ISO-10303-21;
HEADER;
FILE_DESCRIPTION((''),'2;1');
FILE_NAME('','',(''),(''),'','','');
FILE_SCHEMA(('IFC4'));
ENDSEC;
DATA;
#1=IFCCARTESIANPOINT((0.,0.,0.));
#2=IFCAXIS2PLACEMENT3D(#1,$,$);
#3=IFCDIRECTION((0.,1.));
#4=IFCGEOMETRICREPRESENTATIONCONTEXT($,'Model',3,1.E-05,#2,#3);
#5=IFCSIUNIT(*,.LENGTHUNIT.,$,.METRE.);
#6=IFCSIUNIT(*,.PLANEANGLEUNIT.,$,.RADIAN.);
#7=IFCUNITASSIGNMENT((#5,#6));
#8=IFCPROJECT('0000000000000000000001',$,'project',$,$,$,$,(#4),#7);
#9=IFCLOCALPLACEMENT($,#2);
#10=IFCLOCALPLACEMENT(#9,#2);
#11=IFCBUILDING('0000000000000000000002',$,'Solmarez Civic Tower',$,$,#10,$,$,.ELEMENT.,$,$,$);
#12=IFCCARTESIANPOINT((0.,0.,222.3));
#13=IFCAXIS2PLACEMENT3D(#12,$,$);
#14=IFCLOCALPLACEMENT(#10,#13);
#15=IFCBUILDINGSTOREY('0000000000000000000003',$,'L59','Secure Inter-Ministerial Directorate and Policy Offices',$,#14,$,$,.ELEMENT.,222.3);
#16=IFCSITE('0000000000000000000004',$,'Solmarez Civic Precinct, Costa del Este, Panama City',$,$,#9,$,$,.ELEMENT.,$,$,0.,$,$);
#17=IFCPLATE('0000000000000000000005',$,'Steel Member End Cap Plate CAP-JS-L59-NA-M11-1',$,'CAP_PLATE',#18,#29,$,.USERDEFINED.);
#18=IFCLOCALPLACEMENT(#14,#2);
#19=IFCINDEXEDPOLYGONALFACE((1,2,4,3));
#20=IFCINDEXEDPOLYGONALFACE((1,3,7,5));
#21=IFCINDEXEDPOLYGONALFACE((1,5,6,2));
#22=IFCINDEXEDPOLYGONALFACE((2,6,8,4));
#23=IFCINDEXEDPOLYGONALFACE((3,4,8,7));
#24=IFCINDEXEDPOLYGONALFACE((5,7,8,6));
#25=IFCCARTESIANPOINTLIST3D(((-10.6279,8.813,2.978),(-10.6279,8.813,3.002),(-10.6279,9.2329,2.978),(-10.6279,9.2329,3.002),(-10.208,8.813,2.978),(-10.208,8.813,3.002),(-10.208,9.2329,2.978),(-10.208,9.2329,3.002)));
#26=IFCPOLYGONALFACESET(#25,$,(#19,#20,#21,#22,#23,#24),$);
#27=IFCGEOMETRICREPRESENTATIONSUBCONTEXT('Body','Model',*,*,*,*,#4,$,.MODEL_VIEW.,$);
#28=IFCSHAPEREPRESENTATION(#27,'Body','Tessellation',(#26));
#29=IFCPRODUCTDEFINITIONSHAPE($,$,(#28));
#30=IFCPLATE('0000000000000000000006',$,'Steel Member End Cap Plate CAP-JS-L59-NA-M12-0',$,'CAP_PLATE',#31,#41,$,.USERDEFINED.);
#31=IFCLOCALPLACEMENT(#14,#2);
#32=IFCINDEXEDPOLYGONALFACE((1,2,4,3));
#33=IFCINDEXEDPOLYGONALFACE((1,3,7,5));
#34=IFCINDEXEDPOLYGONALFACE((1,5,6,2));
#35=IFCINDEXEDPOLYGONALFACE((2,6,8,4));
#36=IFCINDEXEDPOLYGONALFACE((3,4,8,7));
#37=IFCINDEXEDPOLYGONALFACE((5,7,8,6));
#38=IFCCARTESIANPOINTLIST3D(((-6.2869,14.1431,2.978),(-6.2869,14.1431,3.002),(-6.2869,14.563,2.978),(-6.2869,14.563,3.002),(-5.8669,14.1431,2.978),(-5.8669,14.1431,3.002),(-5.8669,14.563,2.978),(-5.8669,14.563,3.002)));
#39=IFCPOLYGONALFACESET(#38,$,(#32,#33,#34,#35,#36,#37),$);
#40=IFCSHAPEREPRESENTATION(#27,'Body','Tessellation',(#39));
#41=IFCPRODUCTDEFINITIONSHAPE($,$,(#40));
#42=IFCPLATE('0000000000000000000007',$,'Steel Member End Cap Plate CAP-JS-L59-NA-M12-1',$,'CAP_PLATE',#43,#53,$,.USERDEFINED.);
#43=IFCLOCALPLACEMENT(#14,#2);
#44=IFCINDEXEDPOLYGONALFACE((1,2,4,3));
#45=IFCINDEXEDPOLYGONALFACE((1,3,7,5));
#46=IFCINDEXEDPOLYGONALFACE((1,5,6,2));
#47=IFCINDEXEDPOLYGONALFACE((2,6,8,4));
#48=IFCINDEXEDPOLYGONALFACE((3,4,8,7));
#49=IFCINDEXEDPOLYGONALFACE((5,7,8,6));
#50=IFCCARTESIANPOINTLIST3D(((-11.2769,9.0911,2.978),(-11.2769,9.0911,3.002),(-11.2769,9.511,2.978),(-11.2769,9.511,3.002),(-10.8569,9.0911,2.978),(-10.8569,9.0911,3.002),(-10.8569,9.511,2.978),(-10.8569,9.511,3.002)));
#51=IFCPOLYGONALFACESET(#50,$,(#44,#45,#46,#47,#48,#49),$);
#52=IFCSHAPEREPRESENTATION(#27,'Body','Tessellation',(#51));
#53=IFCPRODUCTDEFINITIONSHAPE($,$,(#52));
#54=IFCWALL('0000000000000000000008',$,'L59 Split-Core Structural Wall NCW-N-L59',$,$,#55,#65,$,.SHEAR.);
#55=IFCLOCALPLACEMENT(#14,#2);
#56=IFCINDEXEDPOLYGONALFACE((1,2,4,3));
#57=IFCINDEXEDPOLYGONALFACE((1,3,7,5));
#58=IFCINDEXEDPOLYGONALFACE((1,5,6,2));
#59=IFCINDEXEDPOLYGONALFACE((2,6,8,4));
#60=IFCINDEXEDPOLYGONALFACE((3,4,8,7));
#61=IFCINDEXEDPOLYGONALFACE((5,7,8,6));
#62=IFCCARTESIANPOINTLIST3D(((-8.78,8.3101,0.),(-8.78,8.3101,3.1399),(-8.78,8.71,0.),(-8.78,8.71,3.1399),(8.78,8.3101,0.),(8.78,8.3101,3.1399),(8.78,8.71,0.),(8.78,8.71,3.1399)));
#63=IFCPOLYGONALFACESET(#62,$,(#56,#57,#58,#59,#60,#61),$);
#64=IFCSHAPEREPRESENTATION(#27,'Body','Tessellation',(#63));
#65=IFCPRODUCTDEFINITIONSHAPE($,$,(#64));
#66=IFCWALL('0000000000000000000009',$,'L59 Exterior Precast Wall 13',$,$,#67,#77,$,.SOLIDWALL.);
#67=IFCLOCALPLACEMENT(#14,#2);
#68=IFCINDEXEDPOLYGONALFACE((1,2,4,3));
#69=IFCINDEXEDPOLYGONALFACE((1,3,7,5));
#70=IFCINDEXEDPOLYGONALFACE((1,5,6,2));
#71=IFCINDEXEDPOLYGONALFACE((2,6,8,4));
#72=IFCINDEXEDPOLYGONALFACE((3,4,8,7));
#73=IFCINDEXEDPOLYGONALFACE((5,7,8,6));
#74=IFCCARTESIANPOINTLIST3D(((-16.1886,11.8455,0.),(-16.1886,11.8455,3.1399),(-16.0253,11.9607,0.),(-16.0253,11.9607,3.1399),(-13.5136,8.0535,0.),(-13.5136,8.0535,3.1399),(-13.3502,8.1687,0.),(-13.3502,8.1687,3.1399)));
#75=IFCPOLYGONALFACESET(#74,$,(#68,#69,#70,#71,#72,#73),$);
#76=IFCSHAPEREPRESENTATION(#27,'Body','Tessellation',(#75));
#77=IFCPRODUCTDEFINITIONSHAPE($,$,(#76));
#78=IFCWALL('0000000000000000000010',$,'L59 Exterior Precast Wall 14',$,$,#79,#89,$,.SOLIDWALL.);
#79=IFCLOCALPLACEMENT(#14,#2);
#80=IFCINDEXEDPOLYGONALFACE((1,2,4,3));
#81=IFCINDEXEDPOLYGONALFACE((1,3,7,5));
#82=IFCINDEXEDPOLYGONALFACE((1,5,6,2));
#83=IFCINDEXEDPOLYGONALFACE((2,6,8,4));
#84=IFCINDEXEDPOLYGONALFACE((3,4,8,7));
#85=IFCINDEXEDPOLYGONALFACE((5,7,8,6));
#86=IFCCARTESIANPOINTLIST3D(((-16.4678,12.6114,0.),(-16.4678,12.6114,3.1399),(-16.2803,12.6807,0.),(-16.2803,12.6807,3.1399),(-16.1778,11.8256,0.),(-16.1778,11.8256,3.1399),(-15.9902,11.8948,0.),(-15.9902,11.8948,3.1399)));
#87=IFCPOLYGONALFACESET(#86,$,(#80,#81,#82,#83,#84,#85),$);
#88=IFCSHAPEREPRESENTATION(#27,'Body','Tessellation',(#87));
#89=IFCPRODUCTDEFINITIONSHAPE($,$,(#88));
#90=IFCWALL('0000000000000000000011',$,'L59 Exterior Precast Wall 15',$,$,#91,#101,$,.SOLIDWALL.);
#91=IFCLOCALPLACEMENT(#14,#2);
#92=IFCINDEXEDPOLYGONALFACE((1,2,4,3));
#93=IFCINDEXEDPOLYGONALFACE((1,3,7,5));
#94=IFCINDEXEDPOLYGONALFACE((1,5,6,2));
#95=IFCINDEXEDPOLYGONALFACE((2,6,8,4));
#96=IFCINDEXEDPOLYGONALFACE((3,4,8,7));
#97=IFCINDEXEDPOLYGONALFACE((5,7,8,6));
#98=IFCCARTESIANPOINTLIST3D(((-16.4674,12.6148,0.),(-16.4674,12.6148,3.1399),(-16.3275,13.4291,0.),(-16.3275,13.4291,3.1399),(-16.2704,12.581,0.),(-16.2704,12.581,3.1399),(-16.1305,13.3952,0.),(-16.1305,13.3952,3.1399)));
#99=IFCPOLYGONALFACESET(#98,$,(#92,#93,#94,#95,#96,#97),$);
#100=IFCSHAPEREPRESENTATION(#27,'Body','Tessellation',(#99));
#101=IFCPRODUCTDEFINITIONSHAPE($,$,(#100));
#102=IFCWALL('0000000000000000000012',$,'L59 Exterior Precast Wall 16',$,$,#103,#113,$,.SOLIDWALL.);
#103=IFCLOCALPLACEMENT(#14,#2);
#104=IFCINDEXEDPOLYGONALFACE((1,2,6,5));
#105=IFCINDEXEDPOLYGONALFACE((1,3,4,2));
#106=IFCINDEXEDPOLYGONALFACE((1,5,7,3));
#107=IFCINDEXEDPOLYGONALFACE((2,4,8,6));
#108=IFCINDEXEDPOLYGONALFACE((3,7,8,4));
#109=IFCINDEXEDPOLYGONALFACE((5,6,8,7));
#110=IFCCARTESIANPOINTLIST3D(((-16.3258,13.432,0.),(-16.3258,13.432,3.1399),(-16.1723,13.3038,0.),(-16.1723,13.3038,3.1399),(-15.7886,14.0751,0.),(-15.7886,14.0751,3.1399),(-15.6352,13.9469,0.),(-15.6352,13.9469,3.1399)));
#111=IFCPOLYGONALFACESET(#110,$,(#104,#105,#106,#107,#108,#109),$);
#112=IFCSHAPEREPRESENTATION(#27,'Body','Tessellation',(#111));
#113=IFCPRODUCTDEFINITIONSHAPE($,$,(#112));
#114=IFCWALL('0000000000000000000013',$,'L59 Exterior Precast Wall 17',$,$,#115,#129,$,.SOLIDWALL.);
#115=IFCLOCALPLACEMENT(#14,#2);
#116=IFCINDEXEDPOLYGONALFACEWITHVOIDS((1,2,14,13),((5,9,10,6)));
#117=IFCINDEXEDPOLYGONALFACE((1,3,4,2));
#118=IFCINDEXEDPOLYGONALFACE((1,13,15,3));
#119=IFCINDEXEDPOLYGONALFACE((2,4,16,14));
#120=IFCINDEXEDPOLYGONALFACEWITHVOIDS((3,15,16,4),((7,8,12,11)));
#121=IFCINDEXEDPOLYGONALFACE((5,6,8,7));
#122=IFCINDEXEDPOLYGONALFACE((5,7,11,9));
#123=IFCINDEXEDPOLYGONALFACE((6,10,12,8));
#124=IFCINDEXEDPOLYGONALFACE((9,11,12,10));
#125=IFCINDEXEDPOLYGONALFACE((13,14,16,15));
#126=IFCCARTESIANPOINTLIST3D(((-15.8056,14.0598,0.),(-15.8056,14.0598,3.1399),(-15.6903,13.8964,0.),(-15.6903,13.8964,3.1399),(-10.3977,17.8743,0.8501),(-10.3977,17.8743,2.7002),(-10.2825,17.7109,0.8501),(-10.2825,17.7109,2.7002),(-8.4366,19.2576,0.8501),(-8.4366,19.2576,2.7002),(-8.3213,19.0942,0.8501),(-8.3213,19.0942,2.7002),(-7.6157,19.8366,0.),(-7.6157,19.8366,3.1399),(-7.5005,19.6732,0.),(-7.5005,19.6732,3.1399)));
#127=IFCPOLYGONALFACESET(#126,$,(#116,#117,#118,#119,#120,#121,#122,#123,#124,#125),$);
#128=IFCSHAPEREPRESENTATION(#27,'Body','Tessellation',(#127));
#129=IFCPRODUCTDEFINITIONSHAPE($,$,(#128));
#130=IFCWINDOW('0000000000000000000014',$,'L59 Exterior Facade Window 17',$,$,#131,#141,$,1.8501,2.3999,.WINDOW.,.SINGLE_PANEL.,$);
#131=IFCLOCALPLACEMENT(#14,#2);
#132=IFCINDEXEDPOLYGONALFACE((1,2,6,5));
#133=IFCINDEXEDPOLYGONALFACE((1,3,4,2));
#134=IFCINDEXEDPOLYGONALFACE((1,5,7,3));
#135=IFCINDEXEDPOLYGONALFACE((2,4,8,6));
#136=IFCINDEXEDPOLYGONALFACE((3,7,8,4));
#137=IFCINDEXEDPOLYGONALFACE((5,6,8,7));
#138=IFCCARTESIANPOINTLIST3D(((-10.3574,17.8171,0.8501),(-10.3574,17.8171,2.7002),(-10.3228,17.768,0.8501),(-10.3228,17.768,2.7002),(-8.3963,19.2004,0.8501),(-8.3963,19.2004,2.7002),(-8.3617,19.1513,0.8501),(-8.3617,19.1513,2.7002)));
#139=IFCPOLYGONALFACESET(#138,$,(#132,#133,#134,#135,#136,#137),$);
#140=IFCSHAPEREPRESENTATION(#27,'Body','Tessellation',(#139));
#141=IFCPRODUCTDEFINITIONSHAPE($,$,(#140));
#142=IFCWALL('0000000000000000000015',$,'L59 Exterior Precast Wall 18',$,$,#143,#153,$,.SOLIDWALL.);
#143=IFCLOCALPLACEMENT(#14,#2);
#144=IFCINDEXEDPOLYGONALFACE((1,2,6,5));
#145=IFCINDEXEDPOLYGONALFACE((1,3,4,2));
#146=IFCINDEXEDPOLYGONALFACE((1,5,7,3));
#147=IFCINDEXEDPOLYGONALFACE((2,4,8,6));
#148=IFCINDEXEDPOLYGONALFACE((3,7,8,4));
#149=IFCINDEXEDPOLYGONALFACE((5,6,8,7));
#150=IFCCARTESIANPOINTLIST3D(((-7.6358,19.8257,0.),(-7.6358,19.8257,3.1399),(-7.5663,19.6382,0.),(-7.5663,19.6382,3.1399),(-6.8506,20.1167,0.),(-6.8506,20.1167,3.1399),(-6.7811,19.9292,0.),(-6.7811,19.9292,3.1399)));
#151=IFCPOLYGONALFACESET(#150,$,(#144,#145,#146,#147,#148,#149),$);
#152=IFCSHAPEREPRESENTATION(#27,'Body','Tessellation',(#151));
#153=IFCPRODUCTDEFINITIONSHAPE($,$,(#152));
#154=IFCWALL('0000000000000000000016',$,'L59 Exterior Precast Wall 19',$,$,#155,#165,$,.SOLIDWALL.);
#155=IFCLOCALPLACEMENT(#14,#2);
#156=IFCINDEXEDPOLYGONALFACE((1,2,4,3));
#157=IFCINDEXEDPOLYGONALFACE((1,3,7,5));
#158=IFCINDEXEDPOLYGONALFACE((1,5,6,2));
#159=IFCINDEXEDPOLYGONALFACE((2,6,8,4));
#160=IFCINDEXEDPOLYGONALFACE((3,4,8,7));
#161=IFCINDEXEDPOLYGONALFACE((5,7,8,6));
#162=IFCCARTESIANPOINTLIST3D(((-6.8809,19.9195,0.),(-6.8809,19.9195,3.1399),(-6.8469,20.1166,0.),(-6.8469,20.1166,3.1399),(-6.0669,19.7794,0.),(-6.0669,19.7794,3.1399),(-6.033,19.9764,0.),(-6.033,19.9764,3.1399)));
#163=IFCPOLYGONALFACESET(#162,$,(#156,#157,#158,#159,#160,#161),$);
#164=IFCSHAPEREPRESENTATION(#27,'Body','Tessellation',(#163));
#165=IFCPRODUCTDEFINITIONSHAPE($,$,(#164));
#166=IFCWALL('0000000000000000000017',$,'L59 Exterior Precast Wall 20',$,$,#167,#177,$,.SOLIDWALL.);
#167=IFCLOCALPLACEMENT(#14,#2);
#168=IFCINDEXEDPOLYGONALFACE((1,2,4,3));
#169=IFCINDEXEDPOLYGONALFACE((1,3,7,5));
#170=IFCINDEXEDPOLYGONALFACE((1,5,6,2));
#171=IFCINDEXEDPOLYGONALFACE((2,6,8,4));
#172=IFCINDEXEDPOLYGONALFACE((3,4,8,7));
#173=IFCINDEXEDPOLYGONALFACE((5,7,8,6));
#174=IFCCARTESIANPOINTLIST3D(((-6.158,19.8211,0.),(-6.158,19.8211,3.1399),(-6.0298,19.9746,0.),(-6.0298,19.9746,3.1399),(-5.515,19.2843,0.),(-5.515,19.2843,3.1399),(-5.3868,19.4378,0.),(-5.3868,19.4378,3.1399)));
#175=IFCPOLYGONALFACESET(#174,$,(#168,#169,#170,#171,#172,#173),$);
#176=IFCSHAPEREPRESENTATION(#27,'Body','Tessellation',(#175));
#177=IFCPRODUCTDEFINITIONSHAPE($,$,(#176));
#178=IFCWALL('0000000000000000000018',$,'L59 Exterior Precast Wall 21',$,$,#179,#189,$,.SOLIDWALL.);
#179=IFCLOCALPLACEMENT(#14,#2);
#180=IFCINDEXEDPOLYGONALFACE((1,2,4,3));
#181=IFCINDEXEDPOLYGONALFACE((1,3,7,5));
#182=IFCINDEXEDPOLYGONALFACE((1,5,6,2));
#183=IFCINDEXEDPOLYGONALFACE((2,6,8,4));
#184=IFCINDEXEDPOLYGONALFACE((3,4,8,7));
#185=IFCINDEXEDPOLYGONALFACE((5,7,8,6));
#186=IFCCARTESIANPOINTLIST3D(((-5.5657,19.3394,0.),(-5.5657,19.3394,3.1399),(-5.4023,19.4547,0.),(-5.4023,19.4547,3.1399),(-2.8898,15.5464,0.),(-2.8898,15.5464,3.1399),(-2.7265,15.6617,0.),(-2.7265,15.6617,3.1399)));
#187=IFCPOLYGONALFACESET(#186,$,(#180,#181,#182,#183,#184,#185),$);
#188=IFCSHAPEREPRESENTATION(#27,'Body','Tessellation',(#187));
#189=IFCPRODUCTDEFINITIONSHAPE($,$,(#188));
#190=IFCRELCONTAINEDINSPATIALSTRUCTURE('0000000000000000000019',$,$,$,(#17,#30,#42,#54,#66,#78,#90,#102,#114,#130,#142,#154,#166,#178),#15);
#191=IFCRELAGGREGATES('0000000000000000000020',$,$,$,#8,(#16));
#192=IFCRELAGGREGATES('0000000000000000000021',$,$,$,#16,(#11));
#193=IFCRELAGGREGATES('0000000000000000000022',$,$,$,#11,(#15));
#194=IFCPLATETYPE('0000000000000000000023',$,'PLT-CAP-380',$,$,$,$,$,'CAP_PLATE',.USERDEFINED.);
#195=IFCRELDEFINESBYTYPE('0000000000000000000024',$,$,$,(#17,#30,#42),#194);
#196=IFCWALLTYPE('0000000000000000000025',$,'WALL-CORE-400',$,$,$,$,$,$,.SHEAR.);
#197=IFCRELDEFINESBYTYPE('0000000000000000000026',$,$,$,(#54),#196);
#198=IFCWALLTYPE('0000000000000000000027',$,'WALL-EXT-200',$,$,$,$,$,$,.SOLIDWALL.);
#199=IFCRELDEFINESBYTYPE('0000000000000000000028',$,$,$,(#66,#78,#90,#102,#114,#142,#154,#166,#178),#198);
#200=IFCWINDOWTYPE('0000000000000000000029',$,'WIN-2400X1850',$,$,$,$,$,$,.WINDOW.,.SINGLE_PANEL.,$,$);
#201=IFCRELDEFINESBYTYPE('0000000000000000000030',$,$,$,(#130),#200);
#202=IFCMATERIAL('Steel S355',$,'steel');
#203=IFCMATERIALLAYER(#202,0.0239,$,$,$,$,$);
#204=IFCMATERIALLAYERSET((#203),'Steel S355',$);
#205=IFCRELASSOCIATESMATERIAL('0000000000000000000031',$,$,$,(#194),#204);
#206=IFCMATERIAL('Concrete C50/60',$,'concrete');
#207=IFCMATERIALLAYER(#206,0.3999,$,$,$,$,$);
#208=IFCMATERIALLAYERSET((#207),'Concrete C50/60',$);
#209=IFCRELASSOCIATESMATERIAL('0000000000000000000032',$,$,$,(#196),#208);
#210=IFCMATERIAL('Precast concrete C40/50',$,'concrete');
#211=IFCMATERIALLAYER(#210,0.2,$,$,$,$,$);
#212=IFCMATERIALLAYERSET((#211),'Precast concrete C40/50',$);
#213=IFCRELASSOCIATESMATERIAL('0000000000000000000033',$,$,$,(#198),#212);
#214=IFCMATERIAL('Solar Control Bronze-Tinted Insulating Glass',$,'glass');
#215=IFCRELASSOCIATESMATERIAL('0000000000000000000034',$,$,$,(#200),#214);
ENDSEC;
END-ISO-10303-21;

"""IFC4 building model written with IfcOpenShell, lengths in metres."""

from ifc_helpers import new_model, si_unit, direction, frame, frame_2d, origin, origin_2d, place, context, subcontext, project, spatial, rectangle, extrude, material, layer, layer_set, type_object, element, fill, save


model = new_model("IFC4")

# Units and contexts
model_context = context("Model", 3, precision=1e-05, world=origin(), true_north=direction((0.0, 1.0)))
body_context = subcontext(model_context, "Body", "Model", "MODEL_VIEW")
ifc_project = project(units=[si_unit("LENGTHUNIT", "METRE"), si_unit("PLANEANGLEUNIT", "RADIAN")], contexts=[model_context])

# Site, building, storey
site_placement = place(None, origin())
site = spatial("IfcSite", under=ifc_project, at=site_placement, Name="Solmarez Civic Precinct, Costa del Este, Panama City", CompositionType="ELEMENT", RefElevation=0.0)
building_placement = place(site_placement, origin())
building = spatial("IfcBuilding", under=site, at=building_placement, Name="Solmarez Civic Tower", CompositionType="ELEMENT")
storey_placement = place(building_placement, frame((0.0, 0.0, 222.3)))
storey = spatial("IfcBuildingStorey", under=building, at=storey_placement, Name="L59", Description="Secure Inter-Ministerial Directorate and Policy Offices", CompositionType="ELEMENT", Elevation=222.3)

# Shared definitions
ifc_material_1 = material(Name="Concrete C50/60", Category="concrete")
ifc_material_2 = material(Name="Steel S355", Category="steel")

# Plates
ifc_layer_1 = layer(ifc_material_2, 0.0239)
ifc_layer_set_1 = layer_set([ifc_layer_1], Name="Steel S355")
plate_type = type_object("IfcPlateType", Name="PLT-CAP-380", ElementType="CAP_PLATE", PredefinedType="USERDEFINED", material=ifc_layer_set_1)
for number, where, z_axis, x_axis, name in (
    (1, (-10.418, 9.0229, 2.978), (0.0, 0.0, 1.0), (1.0, 0.0, 0.0), "Steel Member End Cap Plate CAP-JS-L59-NA-M11-1"),
    (2, (-6.0769, 14.353, 2.978), (0.0, 0.0, 1.0), (1.0, 0.0, 0.0), "Steel Member End Cap Plate CAP-JS-L59-NA-M12-0"),
    (3, (-11.0669, 9.301, 2.978), (0.0, 0.0, 1.0), (1.0, 0.0, 0.0), "Steel Member End Cap Plate CAP-JS-L59-NA-M12-1"),
):
    element("IfcPlate", number, at=place(storey_placement, frame(where, z_axis=z_axis, x_axis=x_axis)), inside=storey, type_object=plate_type, Name=name, ObjectType="CAP_PLATE", PredefinedType="USERDEFINED", context=body_context, shape_type="SweptSolid", body=[
        extrude(rectangle(XDim=0.4199, YDim=0.4199, at=origin_2d()), origin(), (0.0, 0.0, 1.0), 0.0239),
    ])

# Walls
ifc_layer_2 = layer(ifc_material_1, 0.3999)
ifc_layer_set_2 = layer_set([ifc_layer_2], Name="Concrete C50/60")
wall_type_1 = type_object("IfcWallType", Name="WALL-CORE-400", PredefinedType="SHEAR", material=ifc_layer_set_2)
wall_1_placement = place(storey_placement, frame((-8.78, 8.51, 0.0), z_axis=(0.0, 0.0, 1.0), x_axis=(1.0, 0.0, 0.0)))
element("IfcWall", 4, at=wall_1_placement, inside=storey, type_object=wall_type_1, Name="L59 Split-Core Structural Wall NCW-N-L59", PredefinedType="SHEAR", context=body_context, shape_type="SweptSolid", body=[
    extrude(rectangle(XDim=17.5601, YDim=0.3999, at=frame_2d((8.78, 0.0))), origin(), (0.0, 0.0, 1.0), 3.1399),
])
ifc_material_3 = material(Name="Precast concrete C40/50", Category="concrete")
ifc_layer_3 = layer(ifc_material_3, 0.2)
ifc_layer_set_3 = layer_set([ifc_layer_3], Name="Precast concrete C40/50")
wall_type_2 = type_object("IfcWallType", Name="WALL-EXT-200", PredefinedType="SOLIDWALL", material=ifc_layer_set_3)
wall_2_placement = place(storey_placement, frame((-13.4319, 8.1111, 0.0), z_axis=(0.0, 0.0, 1.0), x_axis=(-0.576446, 0.817135, 0.0)))
element("IfcWall", 5, at=wall_2_placement, inside=storey, type_object=wall_type_2, Name="L59 Exterior Precast Wall 13", PredefinedType="SOLIDWALL", context=body_context, shape_type="SweptSolid", body=[
    extrude(rectangle(XDim=4.6406, YDim=0.2, at=frame_2d((2.3203, 0.0))), origin(), (0.0, 0.0, 1.0), 3.1399),
])
wall_3_placement = place(storey_placement, frame((-16.084, 11.8601, 0.0), z_axis=(0.0, 0.0, 1.0), x_axis=(-0.346232, 0.938149, 0.0)))
element("IfcWall", 6, at=wall_3_placement, inside=storey, type_object=wall_type_2, Name="L59 Exterior Precast Wall 14", PredefinedType="SOLIDWALL", context=body_context, shape_type="SweptSolid", body=[
    extrude(rectangle(XDim=0.8376, YDim=0.2, at=frame_2d((0.4189, 0.0))), origin(), (0.0, 0.0, 1.0), 3.1399),
])
wall_4_placement = place(storey_placement, frame((-16.3689, 12.5979, 0.0), z_axis=(0.0, 0.0, 1.0), x_axis=(0.169333, 0.985559, 0.0)))
element("IfcWall", 7, at=wall_4_placement, inside=storey, type_object=wall_type_2, Name="L59 Exterior Precast Wall 15", PredefinedType="SOLIDWALL", context=body_context, shape_type="SweptSolid", body=[
    extrude(rectangle(XDim=0.8262, YDim=0.2, at=frame_2d((0.4131, 0.0))), origin(), (0.0, 0.0, 1.0), 3.1399),
])
wall_5_placement = place(storey_placement, frame((-16.249, 13.3679, 0.0), z_axis=(0.0, 0.0, 1.0), x_axis=(0.641044, 0.767504, 0.0)))
element("IfcWall", 8, at=wall_5_placement, inside=storey, type_object=wall_type_2, Name="L59 Exterior Precast Wall 16", PredefinedType="SOLIDWALL", context=body_context, shape_type="SweptSolid", body=[
    extrude(rectangle(XDim=0.8379, YDim=0.2, at=frame_2d((0.4189, 0.0))), origin(), (0.0, 0.0, 1.0), 3.1399),
])

# Wall, opening, window
wall_6_placement = place(storey_placement, frame((-15.748, 13.978, 0.0), z_axis=(0.0, 0.0, 1.0), x_axis=(0.817169, 0.576398, 0.0)))
wall_6 = element("IfcWall", 9, at=wall_6_placement, inside=storey, type_object=wall_type_2, Name="L59 Exterior Precast Wall 17", PredefinedType="SOLIDWALL", context=body_context, shape_type="SweptSolid", body=[
    extrude(rectangle(XDim=10.0222, YDim=0.2, at=frame_2d((5.0112, 0.0))), origin(), (0.0, 0.0, 1.0), 3.1399),
])
opening_1_placement = place(wall_6_placement, frame((6.6179, 0.0, 0.8501)))
opening_1 = element("IfcOpeningElement", 10, at=opening_1_placement, cuts=wall_6, PredefinedType="OPENING", context=body_context, shape_type="SweptSolid", body=[
    extrude(rectangle(XDim=2.3999, YDim=1.8501, at=frame_2d((1.2, 0.925))), frame((0.0, 0.1099, 0.0), z_axis=(0.0, -1.0, 0.0), x_axis=(1.0, 0.0, 0.0)), (0.0, 0.0, 1.0), 0.22),
])
ifc_material_4 = material(Name="Solar Control Bronze-Tinted Insulating Glass", Category="glass")
window_type = type_object("IfcWindowType", Name="WIN-2400X1850", PartitioningType="SINGLE_PANEL", PredefinedType="WINDOW", material=ifc_material_4)
window_placement = place(opening_1_placement, origin())
window = element("IfcWindow", 11, at=window_placement, inside=storey, type_object=window_type, Name="L59 Exterior Facade Window 17", OverallHeight=1.8501, OverallWidth=2.3999, PartitioningType="SINGLE_PANEL", PredefinedType="WINDOW", context=body_context, shape_type="SweptSolid", body=[
    extrude(rectangle(XDim=2.3999, YDim=1.8501, at=frame_2d((1.2, 0.925))), frame((0.0, 0.03, 0.0), z_axis=(0.0, -1.0, 0.0), x_axis=(1.0, 0.0, 0.0)), (0.0, 0.0, 1.0), 0.0601),
])
fill(opening_1, window)

# Walls
wall_7_placement = place(storey_placement, frame((-7.6011, 19.7319, 0.0), z_axis=(0.0, 0.0, 1.0), x_axis=(0.937664, 0.347542, 0.0)))
element("IfcWall", 12, at=wall_7_placement, inside=storey, type_object=wall_type_2, Name="L59 Exterior Precast Wall 18", PredefinedType="SOLIDWALL", context=body_context, shape_type="SweptSolid", body=[
    extrude(rectangle(XDim=0.8374, YDim=0.2, at=frame_2d((0.4187, 0.0))), origin(), (0.0, 0.0, 1.0), 3.1399),
])
wall_8_placement = place(storey_placement, frame((-6.864, 20.0181, 0.0), z_axis=(0.0, 0.0, 1.0), x_axis=(0.985501, -0.169669, 0.0)))
element("IfcWall", 13, at=wall_8_placement, inside=storey, type_object=wall_type_2, Name="L59 Exterior Precast Wall 19", PredefinedType="SOLIDWALL", context=body_context, shape_type="SweptSolid", body=[
    extrude(rectangle(XDim=0.8259, YDim=0.2, at=frame_2d((0.4131, 0.0))), origin(), (0.0, 0.0, 1.0), 3.1399),
])
wall_9_placement = place(storey_placement, frame((-6.094, 19.8979, 0.0), z_axis=(0.0, 0.0, 1.0), x_axis=(0.767648, -0.640872, 0.0)))
element("IfcWall", 14, at=wall_9_placement, inside=storey, type_object=wall_type_2, Name="L59 Exterior Precast Wall 20", PredefinedType="SOLIDWALL", context=body_context, shape_type="SweptSolid", body=[
    extrude(rectangle(XDim=0.8376, YDim=0.2, at=frame_2d((0.4189, 0.0))), origin(), (0.0, 0.0, 1.0), 3.1399),
])
wall_10_placement = place(storey_placement, frame((-5.4839, 19.397, 0.0), z_axis=(0.0, 0.0, 1.0), x_axis=(0.576452, -0.817131, 0.0)))
element("IfcWall", 15, at=wall_10_placement, inside=storey, type_object=wall_type_2, Name="L59 Exterior Precast Wall 21", PredefinedType="SOLIDWALL", context=body_context, shape_type="SweptSolid", body=[
    extrude(rectangle(XDim=4.6418, YDim=0.2, at=frame_2d((2.3208, 0.0))), origin(), (0.0, 0.0, 1.0), 3.1399),
])

save(model, "model.ifc")
